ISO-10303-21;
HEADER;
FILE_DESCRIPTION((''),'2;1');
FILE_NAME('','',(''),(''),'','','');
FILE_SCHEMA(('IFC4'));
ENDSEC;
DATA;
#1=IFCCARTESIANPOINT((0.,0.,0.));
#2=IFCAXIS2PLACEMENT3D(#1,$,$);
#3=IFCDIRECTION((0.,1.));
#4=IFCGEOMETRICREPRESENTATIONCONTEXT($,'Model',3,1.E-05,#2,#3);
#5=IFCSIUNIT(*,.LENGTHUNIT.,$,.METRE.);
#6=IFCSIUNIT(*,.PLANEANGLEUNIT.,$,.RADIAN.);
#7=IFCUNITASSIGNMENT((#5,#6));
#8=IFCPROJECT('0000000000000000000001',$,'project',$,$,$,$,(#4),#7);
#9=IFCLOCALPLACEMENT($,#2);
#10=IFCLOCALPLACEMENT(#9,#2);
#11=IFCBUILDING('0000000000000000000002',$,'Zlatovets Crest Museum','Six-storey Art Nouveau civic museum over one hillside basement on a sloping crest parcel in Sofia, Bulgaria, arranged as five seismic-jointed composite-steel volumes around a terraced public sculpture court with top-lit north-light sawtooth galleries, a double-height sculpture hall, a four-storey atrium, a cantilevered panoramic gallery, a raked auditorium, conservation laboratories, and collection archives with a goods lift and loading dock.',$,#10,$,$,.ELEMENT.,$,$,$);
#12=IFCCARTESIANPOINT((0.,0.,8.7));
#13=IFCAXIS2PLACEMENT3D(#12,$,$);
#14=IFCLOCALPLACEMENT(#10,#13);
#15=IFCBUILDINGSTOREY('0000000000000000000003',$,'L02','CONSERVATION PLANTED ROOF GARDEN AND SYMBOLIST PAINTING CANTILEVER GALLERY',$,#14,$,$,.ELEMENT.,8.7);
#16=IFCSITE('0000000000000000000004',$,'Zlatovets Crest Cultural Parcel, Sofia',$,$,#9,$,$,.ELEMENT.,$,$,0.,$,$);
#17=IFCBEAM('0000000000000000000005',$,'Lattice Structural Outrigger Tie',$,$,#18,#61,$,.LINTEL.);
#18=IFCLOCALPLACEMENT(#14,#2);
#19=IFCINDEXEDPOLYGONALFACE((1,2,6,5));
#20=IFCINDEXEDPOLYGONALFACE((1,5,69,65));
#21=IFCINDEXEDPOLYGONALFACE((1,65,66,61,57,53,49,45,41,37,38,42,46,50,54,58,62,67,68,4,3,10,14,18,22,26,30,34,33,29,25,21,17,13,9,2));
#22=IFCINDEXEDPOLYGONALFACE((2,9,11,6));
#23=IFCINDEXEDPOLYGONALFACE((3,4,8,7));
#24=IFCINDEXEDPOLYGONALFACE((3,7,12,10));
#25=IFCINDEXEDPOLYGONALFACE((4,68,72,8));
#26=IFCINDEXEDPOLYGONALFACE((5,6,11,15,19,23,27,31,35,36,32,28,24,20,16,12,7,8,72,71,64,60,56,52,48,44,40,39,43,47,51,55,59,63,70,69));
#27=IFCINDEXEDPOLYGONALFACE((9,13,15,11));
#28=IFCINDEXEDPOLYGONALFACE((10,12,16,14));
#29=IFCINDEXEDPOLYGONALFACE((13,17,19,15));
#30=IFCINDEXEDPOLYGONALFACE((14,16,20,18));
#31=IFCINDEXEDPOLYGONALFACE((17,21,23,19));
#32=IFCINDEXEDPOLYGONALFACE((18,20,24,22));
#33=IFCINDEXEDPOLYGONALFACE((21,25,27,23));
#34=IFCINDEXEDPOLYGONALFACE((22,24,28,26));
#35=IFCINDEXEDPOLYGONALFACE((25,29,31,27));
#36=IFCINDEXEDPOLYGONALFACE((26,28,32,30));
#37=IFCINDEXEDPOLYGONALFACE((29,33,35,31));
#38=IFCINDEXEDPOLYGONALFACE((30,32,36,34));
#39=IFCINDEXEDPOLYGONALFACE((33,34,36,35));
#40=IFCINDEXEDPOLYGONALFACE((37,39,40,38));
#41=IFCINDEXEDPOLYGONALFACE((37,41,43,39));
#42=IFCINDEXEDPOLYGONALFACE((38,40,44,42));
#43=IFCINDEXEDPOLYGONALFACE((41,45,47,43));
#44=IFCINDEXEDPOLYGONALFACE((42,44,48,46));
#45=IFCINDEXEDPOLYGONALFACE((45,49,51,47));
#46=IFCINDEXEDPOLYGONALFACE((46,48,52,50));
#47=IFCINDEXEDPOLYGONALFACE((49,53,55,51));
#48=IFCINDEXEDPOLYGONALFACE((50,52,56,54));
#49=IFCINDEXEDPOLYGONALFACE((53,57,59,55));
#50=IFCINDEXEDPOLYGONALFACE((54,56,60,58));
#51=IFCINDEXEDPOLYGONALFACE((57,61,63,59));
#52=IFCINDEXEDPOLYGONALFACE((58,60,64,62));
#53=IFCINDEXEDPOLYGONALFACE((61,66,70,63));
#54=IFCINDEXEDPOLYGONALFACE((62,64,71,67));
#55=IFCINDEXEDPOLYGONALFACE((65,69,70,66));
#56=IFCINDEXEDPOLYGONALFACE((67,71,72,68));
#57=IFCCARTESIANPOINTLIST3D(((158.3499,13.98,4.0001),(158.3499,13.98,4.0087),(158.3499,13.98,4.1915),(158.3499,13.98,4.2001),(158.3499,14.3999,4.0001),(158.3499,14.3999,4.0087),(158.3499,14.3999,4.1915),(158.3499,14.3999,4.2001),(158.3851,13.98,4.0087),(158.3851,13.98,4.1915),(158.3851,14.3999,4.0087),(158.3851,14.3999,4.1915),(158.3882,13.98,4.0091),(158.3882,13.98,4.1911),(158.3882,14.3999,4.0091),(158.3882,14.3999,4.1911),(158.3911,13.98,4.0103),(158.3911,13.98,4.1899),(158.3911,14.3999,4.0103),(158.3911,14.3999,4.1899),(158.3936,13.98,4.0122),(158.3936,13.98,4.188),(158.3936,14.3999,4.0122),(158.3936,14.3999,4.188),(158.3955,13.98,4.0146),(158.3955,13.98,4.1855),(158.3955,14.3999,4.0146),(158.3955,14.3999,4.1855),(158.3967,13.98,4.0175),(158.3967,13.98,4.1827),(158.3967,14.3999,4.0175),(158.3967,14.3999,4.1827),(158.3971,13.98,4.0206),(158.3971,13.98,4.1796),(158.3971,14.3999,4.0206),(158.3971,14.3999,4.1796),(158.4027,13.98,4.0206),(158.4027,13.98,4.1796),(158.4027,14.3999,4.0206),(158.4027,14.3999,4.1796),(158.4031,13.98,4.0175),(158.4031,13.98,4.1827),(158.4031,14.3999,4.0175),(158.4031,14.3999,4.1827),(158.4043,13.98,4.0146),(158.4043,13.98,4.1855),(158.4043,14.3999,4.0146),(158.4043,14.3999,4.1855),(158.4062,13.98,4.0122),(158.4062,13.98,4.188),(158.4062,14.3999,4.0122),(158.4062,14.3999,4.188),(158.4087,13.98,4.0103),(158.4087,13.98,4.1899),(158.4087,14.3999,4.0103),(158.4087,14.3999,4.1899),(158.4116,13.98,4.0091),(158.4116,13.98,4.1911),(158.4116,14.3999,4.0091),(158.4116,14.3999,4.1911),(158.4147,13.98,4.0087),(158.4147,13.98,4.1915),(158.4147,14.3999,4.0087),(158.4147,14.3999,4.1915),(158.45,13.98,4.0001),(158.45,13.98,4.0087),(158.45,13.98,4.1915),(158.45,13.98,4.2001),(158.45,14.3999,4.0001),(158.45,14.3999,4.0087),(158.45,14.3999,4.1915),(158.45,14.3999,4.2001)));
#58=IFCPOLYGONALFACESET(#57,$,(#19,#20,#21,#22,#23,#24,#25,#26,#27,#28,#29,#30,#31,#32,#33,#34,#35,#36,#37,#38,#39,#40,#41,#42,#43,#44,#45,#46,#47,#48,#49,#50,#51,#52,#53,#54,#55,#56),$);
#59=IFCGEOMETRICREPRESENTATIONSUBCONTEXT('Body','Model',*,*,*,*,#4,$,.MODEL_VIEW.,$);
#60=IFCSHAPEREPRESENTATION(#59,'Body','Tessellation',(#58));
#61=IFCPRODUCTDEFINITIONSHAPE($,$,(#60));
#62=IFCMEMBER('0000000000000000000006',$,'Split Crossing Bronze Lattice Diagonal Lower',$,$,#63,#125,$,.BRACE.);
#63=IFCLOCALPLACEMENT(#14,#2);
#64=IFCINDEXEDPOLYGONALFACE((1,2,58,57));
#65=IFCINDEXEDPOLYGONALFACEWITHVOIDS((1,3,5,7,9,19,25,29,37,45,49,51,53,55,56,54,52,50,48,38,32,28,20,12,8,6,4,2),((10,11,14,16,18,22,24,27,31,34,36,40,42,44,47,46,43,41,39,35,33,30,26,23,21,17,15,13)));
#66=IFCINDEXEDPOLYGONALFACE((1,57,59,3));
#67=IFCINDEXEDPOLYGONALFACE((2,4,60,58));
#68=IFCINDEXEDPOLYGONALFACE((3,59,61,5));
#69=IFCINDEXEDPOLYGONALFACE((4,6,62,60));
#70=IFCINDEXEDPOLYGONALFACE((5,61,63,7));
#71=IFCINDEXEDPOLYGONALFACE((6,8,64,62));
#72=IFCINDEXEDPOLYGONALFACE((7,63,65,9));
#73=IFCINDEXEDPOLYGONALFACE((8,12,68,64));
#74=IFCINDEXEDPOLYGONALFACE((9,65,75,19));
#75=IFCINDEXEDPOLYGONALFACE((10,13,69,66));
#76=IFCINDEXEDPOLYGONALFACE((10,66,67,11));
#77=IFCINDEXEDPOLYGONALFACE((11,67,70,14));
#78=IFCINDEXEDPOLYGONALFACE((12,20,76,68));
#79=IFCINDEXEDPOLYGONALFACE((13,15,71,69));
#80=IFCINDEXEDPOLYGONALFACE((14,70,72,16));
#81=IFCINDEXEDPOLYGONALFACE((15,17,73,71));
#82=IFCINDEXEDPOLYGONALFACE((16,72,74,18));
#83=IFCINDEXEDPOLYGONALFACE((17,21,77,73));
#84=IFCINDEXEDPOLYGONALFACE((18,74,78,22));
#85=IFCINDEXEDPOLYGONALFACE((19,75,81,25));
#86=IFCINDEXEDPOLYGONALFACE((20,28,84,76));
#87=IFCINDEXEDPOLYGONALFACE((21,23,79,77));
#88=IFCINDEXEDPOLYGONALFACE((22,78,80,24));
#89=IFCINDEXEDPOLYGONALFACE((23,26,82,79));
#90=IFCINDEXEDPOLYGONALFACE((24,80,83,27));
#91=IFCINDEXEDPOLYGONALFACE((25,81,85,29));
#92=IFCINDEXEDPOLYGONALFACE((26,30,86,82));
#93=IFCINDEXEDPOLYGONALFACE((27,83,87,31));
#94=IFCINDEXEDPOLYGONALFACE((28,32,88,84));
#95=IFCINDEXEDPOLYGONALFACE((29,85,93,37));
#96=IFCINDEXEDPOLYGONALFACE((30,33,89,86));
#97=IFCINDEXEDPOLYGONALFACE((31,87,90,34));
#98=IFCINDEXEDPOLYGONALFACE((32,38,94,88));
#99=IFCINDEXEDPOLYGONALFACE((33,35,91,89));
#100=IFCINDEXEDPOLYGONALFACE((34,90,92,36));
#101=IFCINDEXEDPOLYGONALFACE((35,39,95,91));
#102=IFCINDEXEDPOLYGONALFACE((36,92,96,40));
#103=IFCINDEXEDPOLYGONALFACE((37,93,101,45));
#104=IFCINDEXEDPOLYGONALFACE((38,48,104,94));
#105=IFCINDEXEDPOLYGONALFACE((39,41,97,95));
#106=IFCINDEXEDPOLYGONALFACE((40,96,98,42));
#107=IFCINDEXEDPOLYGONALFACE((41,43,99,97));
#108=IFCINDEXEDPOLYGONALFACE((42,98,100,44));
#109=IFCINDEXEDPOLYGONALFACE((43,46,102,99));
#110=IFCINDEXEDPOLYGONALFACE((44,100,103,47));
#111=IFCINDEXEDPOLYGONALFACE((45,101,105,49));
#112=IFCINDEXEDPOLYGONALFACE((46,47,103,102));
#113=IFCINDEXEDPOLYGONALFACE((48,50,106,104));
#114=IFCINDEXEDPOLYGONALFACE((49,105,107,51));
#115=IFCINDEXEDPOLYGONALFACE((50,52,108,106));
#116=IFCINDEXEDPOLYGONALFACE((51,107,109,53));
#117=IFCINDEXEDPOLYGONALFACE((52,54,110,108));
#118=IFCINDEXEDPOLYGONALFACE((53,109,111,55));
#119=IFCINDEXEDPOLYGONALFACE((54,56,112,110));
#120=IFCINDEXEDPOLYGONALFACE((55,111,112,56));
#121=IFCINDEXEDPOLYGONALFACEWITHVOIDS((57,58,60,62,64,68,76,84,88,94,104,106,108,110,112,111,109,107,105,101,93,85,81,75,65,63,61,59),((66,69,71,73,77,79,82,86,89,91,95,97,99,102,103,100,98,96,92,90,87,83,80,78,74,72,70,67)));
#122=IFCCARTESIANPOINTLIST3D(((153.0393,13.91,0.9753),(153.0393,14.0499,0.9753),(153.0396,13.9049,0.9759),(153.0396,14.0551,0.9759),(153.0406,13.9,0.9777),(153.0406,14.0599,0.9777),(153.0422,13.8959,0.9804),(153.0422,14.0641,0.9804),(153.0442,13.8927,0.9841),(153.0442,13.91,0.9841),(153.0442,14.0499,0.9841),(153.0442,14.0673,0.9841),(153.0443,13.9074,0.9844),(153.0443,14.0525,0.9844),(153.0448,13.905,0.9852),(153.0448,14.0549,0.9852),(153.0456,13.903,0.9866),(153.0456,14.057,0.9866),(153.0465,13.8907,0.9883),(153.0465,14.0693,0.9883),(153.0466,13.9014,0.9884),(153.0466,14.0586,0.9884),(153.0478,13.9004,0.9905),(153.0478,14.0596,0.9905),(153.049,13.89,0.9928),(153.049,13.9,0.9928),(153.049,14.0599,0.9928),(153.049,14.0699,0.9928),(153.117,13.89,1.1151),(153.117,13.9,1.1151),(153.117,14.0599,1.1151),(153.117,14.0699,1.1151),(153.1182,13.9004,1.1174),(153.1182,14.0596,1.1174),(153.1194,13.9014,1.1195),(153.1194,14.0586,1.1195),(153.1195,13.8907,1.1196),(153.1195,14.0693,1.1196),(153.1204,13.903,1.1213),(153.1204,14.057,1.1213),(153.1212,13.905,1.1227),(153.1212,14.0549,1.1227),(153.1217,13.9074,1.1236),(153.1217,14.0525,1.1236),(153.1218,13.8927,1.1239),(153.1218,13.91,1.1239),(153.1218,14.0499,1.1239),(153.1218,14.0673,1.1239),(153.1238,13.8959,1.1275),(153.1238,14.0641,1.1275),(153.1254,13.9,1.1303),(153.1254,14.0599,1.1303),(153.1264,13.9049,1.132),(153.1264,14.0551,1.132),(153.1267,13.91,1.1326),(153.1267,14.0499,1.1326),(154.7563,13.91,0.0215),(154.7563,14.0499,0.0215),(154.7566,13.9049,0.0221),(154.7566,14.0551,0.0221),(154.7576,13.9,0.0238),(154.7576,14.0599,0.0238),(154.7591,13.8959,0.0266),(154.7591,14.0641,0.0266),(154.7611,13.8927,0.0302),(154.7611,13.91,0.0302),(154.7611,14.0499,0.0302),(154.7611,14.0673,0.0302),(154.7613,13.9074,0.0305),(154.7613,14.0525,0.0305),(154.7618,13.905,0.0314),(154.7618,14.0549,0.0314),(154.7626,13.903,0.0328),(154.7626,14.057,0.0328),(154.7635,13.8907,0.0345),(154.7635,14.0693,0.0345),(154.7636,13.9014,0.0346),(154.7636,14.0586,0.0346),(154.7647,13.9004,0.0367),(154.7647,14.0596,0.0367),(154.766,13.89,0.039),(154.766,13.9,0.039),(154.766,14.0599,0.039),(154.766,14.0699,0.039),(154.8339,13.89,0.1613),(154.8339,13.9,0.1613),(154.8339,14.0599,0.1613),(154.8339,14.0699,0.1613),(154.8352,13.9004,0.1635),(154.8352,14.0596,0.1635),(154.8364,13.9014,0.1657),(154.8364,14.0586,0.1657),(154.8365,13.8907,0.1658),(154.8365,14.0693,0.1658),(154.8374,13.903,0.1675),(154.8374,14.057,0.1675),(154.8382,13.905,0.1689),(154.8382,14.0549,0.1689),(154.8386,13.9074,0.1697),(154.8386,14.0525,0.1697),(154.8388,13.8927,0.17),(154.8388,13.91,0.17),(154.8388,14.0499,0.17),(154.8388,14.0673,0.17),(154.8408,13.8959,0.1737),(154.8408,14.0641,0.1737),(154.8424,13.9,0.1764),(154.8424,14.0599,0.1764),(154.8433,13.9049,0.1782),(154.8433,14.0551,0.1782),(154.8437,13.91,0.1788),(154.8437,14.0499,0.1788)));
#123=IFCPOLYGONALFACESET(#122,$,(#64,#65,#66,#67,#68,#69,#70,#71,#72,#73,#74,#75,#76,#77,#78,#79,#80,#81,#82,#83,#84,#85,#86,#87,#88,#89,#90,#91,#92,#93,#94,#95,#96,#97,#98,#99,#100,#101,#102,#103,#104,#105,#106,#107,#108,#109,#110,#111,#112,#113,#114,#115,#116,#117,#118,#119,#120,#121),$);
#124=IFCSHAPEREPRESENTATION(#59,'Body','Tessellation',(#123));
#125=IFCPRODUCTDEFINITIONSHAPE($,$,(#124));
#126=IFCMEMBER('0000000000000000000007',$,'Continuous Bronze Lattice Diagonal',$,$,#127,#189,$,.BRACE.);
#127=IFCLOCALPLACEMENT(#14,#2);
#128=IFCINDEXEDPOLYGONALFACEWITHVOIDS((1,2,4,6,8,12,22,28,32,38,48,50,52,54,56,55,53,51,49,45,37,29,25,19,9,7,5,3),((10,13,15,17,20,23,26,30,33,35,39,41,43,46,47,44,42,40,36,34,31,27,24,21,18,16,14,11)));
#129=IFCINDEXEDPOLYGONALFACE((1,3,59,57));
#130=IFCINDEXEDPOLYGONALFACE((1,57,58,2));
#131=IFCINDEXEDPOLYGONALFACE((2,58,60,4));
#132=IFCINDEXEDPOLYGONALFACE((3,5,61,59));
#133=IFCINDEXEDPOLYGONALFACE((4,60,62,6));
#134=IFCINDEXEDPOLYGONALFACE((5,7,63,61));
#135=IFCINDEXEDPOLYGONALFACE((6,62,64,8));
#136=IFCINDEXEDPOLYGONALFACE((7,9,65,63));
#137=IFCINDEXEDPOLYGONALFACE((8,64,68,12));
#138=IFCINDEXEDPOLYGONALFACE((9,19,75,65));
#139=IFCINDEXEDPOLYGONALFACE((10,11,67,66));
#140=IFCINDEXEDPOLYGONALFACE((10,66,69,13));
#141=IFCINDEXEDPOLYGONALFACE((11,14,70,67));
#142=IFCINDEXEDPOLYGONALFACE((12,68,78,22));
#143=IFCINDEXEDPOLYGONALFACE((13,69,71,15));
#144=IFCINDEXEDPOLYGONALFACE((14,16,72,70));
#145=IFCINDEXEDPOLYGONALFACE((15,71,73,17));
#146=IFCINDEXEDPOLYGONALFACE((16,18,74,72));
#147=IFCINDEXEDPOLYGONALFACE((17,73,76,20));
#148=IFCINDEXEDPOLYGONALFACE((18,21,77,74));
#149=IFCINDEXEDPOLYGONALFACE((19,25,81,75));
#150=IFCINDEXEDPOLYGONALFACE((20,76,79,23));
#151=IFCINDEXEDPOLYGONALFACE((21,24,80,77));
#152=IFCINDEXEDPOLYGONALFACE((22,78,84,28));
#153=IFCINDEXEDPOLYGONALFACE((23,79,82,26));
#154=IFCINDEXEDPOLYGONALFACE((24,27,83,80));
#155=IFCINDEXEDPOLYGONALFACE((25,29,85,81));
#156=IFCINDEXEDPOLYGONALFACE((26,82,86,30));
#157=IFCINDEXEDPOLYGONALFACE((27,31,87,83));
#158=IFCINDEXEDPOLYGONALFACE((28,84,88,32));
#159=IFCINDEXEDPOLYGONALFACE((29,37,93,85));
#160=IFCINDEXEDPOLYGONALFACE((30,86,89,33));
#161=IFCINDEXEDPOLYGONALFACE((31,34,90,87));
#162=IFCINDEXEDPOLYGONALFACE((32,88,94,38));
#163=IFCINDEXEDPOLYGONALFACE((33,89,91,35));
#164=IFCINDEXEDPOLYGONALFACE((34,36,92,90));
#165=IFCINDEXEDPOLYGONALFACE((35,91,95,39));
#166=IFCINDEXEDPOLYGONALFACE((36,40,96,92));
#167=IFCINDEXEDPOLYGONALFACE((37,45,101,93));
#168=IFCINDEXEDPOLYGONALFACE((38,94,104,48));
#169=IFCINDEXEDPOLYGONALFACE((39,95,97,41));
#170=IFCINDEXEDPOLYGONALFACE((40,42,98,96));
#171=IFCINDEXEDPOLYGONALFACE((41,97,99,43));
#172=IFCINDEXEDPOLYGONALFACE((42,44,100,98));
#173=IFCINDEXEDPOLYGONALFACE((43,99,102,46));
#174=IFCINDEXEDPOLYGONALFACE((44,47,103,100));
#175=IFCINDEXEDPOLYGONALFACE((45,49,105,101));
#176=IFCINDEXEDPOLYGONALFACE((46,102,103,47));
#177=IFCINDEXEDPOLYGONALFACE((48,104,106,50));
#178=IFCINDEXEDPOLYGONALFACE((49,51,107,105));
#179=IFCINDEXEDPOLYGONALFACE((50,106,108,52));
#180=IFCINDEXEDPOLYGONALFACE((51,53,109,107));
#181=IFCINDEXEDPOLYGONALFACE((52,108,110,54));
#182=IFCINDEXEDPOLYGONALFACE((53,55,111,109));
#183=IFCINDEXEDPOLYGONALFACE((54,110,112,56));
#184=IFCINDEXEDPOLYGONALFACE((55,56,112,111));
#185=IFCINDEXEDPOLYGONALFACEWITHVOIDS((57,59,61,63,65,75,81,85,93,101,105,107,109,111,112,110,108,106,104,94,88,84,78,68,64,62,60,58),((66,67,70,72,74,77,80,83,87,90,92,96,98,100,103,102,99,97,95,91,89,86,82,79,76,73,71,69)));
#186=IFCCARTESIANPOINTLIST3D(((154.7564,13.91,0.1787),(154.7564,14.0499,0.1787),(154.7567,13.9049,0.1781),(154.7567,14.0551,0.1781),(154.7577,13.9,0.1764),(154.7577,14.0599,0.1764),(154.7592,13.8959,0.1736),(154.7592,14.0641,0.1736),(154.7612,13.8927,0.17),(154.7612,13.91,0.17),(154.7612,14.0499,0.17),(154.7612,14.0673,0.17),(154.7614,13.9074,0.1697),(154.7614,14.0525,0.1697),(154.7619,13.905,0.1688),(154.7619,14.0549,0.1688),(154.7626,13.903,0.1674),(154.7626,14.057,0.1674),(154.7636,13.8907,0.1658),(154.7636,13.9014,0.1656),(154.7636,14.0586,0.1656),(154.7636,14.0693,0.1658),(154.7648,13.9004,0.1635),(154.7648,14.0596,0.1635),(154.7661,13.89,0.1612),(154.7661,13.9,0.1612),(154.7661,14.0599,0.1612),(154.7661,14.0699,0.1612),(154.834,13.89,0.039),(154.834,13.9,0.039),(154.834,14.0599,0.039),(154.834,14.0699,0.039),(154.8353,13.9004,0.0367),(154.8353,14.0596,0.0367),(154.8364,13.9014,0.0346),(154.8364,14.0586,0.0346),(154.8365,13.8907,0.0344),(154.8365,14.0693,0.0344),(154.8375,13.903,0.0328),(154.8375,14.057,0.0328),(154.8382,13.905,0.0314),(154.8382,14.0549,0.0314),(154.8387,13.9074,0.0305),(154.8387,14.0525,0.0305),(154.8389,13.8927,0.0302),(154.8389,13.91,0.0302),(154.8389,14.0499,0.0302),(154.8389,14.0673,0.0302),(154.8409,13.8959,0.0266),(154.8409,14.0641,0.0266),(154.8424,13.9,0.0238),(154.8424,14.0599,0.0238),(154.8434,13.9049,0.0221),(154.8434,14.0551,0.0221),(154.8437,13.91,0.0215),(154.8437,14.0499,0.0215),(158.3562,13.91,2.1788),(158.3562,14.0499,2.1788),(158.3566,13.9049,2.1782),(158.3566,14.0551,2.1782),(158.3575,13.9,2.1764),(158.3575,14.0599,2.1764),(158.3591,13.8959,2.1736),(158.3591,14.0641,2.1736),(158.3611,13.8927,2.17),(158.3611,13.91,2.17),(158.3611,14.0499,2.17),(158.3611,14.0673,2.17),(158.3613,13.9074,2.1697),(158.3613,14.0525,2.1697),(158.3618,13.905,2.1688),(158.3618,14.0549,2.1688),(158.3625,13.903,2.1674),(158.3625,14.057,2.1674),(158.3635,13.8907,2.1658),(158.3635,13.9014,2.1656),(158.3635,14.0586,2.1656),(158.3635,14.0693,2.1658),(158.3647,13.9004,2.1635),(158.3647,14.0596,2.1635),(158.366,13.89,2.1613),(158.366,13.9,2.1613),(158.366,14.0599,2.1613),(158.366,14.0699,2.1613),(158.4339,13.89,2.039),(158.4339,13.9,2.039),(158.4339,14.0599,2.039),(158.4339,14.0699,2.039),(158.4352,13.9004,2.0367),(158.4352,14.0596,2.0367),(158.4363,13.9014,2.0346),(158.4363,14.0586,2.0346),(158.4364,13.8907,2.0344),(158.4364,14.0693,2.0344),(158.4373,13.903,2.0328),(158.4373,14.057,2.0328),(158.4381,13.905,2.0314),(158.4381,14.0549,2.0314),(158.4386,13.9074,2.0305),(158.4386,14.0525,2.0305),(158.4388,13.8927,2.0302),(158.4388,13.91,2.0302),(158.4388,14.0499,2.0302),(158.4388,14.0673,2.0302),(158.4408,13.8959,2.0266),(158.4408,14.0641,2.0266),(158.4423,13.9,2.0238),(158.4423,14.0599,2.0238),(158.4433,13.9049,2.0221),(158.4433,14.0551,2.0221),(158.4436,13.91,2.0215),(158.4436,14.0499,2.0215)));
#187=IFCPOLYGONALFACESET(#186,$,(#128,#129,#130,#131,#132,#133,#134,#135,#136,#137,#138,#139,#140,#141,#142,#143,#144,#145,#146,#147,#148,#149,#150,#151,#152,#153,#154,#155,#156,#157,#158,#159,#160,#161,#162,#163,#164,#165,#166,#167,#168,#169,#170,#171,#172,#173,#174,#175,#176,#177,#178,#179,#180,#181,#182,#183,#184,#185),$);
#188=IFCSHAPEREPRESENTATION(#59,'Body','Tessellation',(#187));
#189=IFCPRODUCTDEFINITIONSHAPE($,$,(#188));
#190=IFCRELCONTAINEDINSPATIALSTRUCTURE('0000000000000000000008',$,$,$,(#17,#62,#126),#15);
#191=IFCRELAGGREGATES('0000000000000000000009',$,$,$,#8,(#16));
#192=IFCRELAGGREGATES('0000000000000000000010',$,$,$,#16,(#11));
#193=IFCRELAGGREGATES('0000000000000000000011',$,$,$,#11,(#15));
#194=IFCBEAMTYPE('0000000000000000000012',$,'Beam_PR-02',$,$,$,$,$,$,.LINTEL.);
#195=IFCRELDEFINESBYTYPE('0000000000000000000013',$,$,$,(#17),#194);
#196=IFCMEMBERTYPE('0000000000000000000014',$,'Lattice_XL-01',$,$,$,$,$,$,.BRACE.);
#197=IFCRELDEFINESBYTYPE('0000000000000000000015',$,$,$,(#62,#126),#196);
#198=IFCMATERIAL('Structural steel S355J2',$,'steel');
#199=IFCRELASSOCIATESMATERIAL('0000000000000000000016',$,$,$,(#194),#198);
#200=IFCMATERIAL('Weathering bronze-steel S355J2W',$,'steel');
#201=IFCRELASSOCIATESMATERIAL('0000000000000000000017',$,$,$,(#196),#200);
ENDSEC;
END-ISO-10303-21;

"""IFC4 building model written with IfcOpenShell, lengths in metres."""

from ifc_helpers import new_model, si_unit, direction, frame, origin, origin_2d, place, context, subcontext, project, spatial, hollow_rectangle, i_section, extrude, material, material_profile, profile_set, type_object, element, save


model = new_model("IFC4")

# Units and contexts
model_context = context("Model", 3, precision=1e-05, world=origin(), true_north=direction((0.0, 1.0)))
body_context = subcontext(model_context, "Body", "Model", "MODEL_VIEW")
ifc_project = project(units=[si_unit("LENGTHUNIT", "METRE"), si_unit("PLANEANGLEUNIT", "RADIAN")], contexts=[model_context])

# Site, building, storey
site_placement = place(None, origin())
site = spatial("IfcSite", under=ifc_project, at=site_placement, Name="Zlatovets Crest Cultural Parcel, Sofia", CompositionType="ELEMENT", RefElevation=0.0)
building_placement = place(site_placement, origin())
building = spatial("IfcBuilding", under=site, at=building_placement, Name="Zlatovets Crest Museum", Description="Six-storey Art Nouveau civic museum over one hillside basement on a sloping crest parcel in Sofia, Bulgaria, arranged as five seismic-jointed composite-steel volumes around a terraced public sculpture court with top-lit north-light sawtooth galleries, a double-height sculpture hall, a four-storey atrium, a cantilevered panoramic gallery, a raked auditorium, conservation laboratories, and collection archives with a goods lift and loading dock.", CompositionType="ELEMENT")
storey_placement = place(building_placement, frame((0.0, 0.0, 8.7)))
storey = spatial("IfcBuildingStorey", under=building, at=storey_placement, Name="L02", Description="CONSERVATION PLANTED ROOF GARDEN AND SYMBOLIST PAINTING CANTILEVER GALLERY", CompositionType="ELEMENT", Elevation=8.7)

# Shared definitions
ifc_material_1 = material(Name="Structural steel S355J2", Category="steel")

# Beam
ifc_material_profile_1 = material_profile(ifc_material_1, i_section(OverallWidth=0.1001, OverallDepth=0.2, WebThickness=0.0056, FlangeThickness=0.0085, FilletRadius=0.012, at=origin_2d()), Name="IPE 200")
ifc_profile_set_1 = profile_set([ifc_material_profile_1], Name="Structural steel S355J2")
beam_type_1 = type_object("IfcBeamType", Name="Beam_PR-02", PredefinedType="LINTEL", material=ifc_profile_set_1)
for number, where, z_axis, x_axis, name in (
    (1, (158.3999, 14.3999, 4.1001), (0.0, -1.0, 0.0), (1.0, 0.0, 0.0), "Lattice Structural Outrigger Tie"),
):
    element("IfcBeam", number, at=place(storey_placement, frame(where, z_axis=z_axis, x_axis=x_axis)), inside=storey, type_object=beam_type_1, Name=name, PredefinedType="LINTEL", context=body_context, shape_type="SweptSolid", body=[
        extrude(i_section(OverallWidth=0.1001, OverallDepth=0.2, WebThickness=0.0056, FlangeThickness=0.0085, FilletRadius=0.012, at=origin_2d()), origin(), (0.0, 0.0, 1.0), 0.4199),
    ])

# Members
ifc_material_2 = material(Name="Weathering bronze-steel S355J2W", Category="steel")
ifc_material_profile_2 = material_profile(ifc_material_2, hollow_rectangle(XDim=0.1799, YDim=0.1799, WallThickness=0.01, InnerFilletRadius=0.01, OuterFilletRadius=0.02, at=origin_2d()), Name="SHS 180x180x10.0")
ifc_profile_set_2 = profile_set([ifc_material_profile_2], Name="Weathering bronze-steel S355J2W")
member_type_1 = type_object("IfcMemberType", Name="Lattice_XL-01", PredefinedType="BRACE", material=ifc_profile_set_2)
member_1_placement = place(storey_placement, frame((153.083, 13.98, 1.054), z_axis=(0.874169, 0.0, -0.485622), x_axis=(0.0, 1.0, 0.0)))
element("IfcMember", 2, at=member_1_placement, inside=storey, type_object=member_type_1, Name="Split Crossing Bronze Lattice Diagonal Lower", PredefinedType="BRACE", context=body_context, shape_type="SweptSolid", body=[
    extrude(hollow_rectangle(XDim=0.1799, YDim=0.1799, WallThickness=0.01, InnerFilletRadius=0.01, OuterFilletRadius=0.02, at=origin_2d()), origin(), (0.0, 0.0, 1.0), 1.9641),
])
member_2_placement = place(storey_placement, frame((154.8, 13.98, 0.1001), z_axis=(0.874149, 0.0, 0.485658), x_axis=(0.0, 1.0, 0.0)))
element("IfcMember", 3, at=member_2_placement, inside=storey, type_object=member_type_1, Name="Continuous Bronze Lattice Diagonal", PredefinedType="BRACE", context=body_context, shape_type="SweptSolid", body=[
    extrude(hollow_rectangle(XDim=0.1799, YDim=0.1799, WallThickness=0.01, InnerFilletRadius=0.01, OuterFilletRadius=0.02, at=origin_2d()), origin(), (0.0, 0.0, 1.0), 4.1182),
])

save(model, "model.ifc")
